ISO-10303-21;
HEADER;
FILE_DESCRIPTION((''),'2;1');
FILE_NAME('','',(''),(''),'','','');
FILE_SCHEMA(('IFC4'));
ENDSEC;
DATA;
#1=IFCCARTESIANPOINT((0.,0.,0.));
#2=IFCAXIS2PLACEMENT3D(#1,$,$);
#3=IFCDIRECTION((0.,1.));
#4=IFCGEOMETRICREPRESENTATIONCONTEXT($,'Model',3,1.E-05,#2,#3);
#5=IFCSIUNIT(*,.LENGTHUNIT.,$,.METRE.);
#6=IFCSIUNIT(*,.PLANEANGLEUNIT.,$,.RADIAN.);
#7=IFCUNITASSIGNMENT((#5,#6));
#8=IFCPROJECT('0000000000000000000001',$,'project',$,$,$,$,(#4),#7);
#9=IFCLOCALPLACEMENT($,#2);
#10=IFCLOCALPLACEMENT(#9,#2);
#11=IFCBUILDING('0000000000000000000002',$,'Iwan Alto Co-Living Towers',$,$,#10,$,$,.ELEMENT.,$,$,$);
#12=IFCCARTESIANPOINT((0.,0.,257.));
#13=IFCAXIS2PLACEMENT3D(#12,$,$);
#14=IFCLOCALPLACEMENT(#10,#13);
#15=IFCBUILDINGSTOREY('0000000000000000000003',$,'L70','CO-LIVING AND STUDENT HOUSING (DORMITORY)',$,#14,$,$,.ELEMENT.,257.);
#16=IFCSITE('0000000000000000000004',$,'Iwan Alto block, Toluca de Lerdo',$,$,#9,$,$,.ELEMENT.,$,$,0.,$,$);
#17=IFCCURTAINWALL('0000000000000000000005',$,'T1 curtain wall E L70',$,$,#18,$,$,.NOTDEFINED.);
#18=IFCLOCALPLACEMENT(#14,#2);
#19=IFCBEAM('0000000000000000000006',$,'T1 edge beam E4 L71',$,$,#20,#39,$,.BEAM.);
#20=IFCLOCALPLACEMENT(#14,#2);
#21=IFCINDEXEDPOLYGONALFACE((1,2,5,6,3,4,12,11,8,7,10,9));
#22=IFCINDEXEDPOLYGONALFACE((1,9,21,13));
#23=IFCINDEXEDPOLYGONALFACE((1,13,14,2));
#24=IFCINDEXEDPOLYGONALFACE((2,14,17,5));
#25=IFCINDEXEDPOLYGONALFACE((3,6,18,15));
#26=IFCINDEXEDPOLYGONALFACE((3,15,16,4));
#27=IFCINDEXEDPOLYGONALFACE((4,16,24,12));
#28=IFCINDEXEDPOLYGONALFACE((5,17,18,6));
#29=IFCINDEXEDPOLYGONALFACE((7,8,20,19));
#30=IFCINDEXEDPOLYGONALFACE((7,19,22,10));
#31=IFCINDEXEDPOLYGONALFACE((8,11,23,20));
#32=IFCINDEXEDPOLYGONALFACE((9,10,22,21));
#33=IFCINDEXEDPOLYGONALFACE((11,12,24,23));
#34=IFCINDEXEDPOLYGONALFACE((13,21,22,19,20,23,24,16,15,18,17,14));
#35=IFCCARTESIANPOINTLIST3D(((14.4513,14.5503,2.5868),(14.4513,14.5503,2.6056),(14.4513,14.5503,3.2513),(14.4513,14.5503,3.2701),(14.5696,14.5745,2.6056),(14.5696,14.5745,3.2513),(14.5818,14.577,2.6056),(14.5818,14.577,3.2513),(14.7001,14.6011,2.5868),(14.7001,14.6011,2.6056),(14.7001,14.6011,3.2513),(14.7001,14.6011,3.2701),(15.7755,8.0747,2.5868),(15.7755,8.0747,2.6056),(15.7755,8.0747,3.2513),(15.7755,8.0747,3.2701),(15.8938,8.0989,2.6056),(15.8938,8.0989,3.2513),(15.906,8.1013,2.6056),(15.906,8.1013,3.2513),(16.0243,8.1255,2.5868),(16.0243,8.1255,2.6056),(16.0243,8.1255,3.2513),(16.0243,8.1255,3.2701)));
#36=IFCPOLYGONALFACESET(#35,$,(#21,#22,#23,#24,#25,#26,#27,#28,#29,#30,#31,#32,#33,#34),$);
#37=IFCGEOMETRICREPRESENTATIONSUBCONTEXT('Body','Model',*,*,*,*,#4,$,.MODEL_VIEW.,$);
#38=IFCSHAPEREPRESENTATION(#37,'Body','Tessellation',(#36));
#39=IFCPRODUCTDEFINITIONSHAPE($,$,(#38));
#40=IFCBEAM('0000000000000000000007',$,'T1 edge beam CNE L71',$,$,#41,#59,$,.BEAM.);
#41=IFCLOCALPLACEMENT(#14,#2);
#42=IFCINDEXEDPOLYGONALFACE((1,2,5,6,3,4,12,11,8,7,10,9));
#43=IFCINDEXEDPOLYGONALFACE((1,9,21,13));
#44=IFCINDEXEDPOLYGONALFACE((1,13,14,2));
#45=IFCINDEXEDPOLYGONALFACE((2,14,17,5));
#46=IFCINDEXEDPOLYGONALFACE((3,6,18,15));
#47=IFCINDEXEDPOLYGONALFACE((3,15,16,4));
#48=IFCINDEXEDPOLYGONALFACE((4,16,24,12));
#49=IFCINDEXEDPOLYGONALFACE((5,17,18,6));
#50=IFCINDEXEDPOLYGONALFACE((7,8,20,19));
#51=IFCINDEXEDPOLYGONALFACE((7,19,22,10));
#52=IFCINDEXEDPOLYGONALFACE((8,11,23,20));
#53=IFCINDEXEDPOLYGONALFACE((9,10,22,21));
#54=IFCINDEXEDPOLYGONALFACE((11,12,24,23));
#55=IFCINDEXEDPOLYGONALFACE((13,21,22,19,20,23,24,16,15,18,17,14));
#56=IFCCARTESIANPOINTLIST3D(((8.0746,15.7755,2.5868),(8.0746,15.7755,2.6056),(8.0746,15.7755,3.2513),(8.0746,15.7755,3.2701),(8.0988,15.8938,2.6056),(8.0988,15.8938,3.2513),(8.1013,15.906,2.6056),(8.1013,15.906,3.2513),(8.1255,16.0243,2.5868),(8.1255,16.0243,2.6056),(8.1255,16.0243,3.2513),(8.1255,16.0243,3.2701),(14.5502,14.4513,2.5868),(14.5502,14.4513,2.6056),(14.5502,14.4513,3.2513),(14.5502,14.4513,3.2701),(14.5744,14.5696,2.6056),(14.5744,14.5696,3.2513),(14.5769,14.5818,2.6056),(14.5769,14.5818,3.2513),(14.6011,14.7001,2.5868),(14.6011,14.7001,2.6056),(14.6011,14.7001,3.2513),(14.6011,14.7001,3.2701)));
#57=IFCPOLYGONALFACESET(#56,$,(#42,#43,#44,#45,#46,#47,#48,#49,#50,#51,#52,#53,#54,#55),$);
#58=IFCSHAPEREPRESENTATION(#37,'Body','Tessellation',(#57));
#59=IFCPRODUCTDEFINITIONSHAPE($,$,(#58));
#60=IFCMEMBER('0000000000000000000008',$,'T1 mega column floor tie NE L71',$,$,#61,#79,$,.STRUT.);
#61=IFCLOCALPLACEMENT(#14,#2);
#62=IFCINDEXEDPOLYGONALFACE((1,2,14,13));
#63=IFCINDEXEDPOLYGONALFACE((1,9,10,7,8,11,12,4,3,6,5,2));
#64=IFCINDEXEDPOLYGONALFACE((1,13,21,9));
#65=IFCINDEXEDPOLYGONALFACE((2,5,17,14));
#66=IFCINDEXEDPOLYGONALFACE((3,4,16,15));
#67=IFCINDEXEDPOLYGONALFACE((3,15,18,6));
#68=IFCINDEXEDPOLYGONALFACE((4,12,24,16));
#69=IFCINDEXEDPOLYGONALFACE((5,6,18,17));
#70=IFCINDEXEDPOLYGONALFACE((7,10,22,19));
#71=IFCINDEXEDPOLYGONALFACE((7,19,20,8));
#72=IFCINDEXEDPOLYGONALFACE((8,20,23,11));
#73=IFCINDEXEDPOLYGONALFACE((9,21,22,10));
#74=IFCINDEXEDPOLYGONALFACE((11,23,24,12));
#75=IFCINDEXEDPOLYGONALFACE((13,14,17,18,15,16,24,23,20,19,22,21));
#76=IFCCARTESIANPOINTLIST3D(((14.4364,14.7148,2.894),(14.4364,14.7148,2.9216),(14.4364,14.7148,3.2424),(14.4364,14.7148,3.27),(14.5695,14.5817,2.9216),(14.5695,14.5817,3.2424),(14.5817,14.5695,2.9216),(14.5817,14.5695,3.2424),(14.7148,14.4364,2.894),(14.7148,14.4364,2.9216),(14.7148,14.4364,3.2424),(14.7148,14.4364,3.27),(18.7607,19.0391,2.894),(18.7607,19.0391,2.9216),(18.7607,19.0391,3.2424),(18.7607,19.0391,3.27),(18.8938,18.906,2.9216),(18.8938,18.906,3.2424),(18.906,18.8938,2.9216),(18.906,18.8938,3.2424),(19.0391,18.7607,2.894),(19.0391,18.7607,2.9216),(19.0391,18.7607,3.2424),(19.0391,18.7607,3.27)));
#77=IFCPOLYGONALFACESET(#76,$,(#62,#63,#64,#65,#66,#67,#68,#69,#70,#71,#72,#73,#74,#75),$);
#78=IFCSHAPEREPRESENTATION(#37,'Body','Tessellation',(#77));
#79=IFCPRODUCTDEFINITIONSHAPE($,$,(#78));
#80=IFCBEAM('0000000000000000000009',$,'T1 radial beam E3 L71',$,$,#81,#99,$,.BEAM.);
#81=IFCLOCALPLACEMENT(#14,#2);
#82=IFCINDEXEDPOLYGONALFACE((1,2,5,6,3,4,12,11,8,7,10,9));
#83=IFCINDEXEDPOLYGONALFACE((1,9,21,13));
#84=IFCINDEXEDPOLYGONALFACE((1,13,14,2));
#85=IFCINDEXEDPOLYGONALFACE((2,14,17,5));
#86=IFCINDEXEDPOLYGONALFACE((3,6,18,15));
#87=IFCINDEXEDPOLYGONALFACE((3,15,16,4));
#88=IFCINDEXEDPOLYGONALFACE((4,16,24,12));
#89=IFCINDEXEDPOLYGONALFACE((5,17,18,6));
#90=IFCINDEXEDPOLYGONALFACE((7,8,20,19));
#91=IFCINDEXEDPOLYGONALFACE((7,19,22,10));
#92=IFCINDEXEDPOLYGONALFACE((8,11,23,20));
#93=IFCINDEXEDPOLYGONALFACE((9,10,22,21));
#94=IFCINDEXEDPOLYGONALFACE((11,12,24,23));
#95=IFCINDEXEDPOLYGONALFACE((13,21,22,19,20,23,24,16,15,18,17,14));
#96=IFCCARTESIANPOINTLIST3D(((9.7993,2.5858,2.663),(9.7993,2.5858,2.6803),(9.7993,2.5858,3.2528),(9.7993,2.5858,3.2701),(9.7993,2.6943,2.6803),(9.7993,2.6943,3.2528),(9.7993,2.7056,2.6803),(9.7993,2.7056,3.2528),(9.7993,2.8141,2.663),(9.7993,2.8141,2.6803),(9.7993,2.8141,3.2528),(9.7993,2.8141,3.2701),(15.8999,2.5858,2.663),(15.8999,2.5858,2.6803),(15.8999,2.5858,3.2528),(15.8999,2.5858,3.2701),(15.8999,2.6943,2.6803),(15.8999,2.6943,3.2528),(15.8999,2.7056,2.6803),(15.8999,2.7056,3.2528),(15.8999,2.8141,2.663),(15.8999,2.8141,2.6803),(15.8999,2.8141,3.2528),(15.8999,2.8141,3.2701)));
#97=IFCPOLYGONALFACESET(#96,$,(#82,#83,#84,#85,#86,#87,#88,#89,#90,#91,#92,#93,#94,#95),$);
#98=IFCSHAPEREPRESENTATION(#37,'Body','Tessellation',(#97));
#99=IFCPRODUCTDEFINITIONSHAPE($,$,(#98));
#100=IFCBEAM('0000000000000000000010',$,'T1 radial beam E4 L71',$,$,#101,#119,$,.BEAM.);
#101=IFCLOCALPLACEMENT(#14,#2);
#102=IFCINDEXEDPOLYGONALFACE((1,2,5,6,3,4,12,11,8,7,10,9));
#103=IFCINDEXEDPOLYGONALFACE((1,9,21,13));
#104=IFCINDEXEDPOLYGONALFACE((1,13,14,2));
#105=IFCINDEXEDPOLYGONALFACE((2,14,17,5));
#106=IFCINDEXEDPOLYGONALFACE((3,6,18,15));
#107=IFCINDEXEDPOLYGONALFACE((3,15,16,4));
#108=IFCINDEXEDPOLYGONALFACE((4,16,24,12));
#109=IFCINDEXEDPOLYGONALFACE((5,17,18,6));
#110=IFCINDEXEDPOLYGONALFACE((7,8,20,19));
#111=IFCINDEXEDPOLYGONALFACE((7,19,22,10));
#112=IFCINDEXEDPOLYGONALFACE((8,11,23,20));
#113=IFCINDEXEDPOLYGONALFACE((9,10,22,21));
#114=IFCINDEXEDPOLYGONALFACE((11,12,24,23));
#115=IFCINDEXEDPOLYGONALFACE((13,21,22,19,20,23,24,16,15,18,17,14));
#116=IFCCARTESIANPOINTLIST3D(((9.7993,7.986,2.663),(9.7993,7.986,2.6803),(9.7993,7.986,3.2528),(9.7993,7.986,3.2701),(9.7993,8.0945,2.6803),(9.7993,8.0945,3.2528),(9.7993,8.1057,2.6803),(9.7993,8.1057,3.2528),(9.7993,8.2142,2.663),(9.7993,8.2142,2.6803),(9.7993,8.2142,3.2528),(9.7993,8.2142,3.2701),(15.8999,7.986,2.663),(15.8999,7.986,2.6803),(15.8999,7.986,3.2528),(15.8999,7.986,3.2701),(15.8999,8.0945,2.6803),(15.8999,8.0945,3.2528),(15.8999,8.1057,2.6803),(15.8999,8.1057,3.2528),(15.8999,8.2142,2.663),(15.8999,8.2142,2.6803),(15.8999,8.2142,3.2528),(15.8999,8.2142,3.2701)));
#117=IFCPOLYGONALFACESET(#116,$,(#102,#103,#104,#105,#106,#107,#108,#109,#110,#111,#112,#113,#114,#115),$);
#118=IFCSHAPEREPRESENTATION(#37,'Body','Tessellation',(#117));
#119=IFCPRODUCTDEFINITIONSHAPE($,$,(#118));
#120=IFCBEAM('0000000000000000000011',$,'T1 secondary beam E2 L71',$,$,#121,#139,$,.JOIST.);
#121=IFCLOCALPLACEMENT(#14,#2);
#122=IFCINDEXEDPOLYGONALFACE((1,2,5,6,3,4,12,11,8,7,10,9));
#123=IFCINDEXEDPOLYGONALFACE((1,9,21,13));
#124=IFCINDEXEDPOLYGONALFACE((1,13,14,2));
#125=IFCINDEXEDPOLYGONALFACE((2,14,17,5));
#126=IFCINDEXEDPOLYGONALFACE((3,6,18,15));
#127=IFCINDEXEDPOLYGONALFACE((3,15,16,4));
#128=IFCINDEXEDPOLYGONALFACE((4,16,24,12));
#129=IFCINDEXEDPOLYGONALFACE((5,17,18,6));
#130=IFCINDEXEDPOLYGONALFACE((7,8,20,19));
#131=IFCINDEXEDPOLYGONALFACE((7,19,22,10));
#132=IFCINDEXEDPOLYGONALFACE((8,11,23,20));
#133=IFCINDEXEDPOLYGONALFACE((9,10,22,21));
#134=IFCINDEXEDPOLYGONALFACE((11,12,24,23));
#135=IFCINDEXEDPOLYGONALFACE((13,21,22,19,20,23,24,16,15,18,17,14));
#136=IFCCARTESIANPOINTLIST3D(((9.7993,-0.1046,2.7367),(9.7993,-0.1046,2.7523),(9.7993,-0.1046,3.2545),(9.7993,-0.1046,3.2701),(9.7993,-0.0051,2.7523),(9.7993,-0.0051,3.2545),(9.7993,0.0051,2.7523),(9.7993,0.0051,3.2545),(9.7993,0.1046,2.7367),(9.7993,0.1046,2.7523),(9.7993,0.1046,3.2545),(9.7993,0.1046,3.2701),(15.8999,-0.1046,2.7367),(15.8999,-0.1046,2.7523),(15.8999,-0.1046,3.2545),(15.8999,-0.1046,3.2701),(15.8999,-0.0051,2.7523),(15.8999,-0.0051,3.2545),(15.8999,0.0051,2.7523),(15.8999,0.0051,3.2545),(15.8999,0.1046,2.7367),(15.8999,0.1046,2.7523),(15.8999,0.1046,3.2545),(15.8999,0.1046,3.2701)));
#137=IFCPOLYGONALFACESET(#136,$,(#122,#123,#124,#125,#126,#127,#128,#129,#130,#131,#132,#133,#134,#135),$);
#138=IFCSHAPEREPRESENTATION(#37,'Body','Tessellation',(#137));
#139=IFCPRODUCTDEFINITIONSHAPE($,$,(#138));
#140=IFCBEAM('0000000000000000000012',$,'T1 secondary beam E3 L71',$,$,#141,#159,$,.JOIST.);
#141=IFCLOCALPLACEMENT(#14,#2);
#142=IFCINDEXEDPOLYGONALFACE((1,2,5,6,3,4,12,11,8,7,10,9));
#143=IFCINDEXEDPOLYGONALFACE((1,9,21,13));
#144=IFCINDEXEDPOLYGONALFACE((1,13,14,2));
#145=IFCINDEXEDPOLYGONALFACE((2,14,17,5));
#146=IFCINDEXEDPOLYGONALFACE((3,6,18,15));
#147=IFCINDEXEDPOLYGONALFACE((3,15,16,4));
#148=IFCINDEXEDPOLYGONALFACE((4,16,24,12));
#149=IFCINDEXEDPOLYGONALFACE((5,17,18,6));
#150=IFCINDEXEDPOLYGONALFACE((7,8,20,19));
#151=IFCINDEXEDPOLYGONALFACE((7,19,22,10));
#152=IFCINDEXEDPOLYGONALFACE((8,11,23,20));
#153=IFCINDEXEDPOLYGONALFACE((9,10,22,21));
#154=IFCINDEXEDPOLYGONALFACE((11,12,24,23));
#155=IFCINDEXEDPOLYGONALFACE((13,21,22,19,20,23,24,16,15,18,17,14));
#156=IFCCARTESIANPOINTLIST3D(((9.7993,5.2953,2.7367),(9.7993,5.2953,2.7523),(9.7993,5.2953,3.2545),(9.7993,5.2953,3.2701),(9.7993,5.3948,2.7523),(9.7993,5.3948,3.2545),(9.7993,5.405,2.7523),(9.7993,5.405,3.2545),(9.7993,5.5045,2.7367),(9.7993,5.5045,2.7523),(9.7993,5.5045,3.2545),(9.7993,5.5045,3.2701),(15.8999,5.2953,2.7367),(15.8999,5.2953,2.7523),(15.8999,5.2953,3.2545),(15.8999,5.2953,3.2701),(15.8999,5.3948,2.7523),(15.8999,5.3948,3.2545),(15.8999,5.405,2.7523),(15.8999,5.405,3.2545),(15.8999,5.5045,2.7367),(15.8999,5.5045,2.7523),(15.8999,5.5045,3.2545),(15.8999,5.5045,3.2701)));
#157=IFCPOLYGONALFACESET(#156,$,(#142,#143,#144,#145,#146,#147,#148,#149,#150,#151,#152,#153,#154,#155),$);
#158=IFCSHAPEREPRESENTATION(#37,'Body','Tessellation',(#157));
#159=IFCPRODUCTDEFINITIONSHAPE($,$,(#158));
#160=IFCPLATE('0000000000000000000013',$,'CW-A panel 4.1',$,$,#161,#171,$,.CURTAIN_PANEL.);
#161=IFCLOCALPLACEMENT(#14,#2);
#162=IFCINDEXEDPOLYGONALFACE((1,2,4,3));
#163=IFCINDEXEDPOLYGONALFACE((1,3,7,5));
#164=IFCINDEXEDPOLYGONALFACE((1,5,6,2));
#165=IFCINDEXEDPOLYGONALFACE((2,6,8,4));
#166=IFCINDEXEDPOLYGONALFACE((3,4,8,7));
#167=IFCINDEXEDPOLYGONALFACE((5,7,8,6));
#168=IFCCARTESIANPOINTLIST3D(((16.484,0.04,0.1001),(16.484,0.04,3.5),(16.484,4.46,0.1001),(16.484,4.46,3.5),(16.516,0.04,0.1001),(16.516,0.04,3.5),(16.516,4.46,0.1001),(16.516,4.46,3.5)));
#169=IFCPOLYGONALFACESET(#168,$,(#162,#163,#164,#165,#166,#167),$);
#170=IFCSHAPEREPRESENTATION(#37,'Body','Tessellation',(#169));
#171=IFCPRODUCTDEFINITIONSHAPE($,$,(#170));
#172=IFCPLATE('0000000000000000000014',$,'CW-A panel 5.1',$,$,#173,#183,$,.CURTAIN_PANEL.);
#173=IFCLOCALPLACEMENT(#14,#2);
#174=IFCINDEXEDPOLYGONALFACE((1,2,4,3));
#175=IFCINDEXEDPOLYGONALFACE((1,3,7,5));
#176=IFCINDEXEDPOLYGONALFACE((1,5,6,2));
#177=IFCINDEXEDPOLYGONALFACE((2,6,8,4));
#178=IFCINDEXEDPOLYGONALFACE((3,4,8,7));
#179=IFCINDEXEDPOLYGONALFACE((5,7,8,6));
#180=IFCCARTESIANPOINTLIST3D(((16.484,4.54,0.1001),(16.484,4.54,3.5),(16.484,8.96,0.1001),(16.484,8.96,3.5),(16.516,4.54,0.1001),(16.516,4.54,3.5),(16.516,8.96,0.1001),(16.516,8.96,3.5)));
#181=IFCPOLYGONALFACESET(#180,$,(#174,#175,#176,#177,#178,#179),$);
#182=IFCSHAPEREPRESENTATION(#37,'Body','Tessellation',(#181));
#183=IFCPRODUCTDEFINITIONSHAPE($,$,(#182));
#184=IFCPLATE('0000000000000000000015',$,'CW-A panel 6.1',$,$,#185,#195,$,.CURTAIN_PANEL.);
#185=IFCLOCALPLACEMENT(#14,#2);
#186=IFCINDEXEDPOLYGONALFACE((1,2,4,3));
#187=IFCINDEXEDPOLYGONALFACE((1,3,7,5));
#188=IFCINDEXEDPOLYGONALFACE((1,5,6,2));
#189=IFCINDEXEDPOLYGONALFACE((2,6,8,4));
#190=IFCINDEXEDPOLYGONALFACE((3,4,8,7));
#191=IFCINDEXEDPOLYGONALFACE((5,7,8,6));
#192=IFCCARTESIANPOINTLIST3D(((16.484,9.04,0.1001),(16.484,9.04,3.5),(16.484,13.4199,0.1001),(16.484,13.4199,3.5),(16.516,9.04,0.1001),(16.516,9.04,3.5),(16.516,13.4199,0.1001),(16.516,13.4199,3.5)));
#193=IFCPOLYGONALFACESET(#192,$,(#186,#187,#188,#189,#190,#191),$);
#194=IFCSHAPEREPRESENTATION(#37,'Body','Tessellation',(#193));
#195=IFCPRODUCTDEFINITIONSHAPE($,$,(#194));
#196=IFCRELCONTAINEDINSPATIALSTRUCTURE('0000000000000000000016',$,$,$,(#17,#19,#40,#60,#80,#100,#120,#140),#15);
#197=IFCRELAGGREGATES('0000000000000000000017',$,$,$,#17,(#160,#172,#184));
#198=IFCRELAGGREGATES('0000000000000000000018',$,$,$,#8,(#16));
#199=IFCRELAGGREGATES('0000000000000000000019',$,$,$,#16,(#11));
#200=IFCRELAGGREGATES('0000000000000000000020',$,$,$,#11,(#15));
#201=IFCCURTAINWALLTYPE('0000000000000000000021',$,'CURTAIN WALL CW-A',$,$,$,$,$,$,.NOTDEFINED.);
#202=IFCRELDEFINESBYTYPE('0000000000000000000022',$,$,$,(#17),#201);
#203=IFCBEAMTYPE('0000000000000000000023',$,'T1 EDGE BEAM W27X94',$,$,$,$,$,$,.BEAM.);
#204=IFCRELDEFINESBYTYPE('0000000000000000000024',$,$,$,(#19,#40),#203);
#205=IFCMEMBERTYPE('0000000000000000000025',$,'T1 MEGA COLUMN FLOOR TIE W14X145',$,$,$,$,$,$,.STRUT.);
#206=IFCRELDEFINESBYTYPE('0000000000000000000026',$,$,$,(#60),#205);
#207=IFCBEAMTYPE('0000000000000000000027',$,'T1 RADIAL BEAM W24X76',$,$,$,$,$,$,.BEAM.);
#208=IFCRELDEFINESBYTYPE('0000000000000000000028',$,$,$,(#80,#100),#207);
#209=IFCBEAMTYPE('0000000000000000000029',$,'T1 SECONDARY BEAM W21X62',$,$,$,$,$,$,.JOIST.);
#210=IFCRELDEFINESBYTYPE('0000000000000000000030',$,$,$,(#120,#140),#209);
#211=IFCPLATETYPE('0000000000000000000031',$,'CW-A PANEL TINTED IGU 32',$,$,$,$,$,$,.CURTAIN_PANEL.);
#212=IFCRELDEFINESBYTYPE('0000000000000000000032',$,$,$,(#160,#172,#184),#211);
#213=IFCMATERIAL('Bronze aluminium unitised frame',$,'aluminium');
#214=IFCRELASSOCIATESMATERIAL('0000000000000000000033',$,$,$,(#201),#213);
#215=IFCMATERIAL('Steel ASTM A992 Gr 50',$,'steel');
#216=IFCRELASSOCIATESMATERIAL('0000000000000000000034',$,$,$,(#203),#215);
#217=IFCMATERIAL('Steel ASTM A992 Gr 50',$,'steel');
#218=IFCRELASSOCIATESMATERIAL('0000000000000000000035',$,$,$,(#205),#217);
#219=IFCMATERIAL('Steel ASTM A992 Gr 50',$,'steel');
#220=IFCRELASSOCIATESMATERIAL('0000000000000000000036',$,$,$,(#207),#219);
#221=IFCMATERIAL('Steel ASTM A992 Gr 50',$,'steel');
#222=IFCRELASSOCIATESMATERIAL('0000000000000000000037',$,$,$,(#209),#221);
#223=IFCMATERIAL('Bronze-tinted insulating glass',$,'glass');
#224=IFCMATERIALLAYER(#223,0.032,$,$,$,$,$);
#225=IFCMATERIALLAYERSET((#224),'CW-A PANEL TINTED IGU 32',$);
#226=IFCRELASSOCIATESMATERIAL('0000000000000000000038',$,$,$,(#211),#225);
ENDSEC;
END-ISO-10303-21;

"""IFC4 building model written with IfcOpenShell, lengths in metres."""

from ifc_helpers import new_model, si_unit, direction, frame, origin, origin_2d, place, context, subcontext, project, spatial, rectangle, i_section, extrude, material, layer, layer_set, material_profile, profile_set, type_object, element, aggregate, save


model = new_model("IFC4")

# Units and contexts
model_context = context("Model", 3, precision=1e-05, world=origin(), true_north=direction((0.0, 1.0)))
body_context = subcontext(model_context, "Body", "Model", "MODEL_VIEW")
ifc_project = project(units=[si_unit("LENGTHUNIT", "METRE"), si_unit("PLANEANGLEUNIT", "RADIAN")], contexts=[model_context])

# Site, building, storey
site_placement = place(None, origin())
site = spatial("IfcSite", under=ifc_project, at=site_placement, Name="Iwan Alto block, Toluca de Lerdo", CompositionType="ELEMENT", RefElevation=0.0)
building_placement = place(site_placement, origin())
building = spatial("IfcBuilding", under=site, at=building_placement, Name="Iwan Alto Co-Living Towers", CompositionType="ELEMENT")
storey_placement = place(building_placement, frame((0.0, 0.0, 257.0)))
storey = spatial("IfcBuildingStorey", under=building, at=storey_placement, Name="L70", Description="CO-LIVING AND STUDENT HOUSING (DORMITORY)", CompositionType="ELEMENT", Elevation=257.0)

# Curtain wall
ifc_material_1 = material(Name="Bronze aluminium unitised frame", Category="aluminium")
curtain_wall_type_1 = type_object("IfcCurtainWallType", Name="CURTAIN WALL CW-A", PredefinedType="NOTDEFINED", material=ifc_material_1)
curtain_wall_1_placement = place(storey_placement, origin())
curtain_wall_1 = element("IfcCurtainWall", 1, at=curtain_wall_1_placement, inside=storey, type_object=curtain_wall_type_1, Name="T1 curtain wall E L70", PredefinedType="NOTDEFINED")

# Beams
ifc_material_2 = material(Name="Steel ASTM A992 Gr 50", Category="steel")
ifc_material_profile_1 = material_profile(ifc_material_2, i_section(OverallWidth=0.2539, OverallDepth=0.6833, WebThickness=0.0125, FlangeThickness=0.0188, at=origin_2d()), Name="W27X94")
ifc_profile_set_1 = profile_set([ifc_material_profile_1], Name="Steel ASTM A992 Gr 50")
beam_type_1 = type_object("IfcBeamType", Name="T1 EDGE BEAM W27X94", PredefinedType="BEAM", material=ifc_profile_set_1)
for number, where, z_axis, x_axis, name in (
    (2, (15.8999, 8.1001, 2.9285), (-0.200348, 0.979725, 0.0), (-0.979725, -0.200348, 0.0), "T1 edge beam E4 L71"),
    (3, (14.5757, 14.5757, 2.9285), (-0.979725, 0.200348, 0.0), (-0.200348, -0.979725, 0.0), "T1 edge beam CNE L71"),
):
    element("IfcBeam", number, at=place(storey_placement, frame(where, z_axis=z_axis, x_axis=x_axis)), inside=storey, type_object=beam_type_1, Name=name, PredefinedType="BEAM", context=body_context, shape_type="SweptSolid", body=[
        extrude(i_section(OverallWidth=0.2539, OverallDepth=0.6833, WebThickness=0.0125, FlangeThickness=0.0188, at=origin_2d()), origin(), (0.0, 0.0, 1.0), 6.6096),
    ])

# Member
ifc_material_3 = material(Name="Steel ASTM A992 Gr 50", Category="steel")
ifc_material_profile_2 = material_profile(ifc_material_3, i_section(OverallWidth=0.3938, OverallDepth=0.376, WebThickness=0.0173, FlangeThickness=0.0276, at=origin_2d()), Name="W14X145")
ifc_profile_set_2 = profile_set([ifc_material_profile_2], Name="Steel ASTM A992 Gr 50")
member_type_1 = type_object("IfcMemberType", Name="T1 MEGA COLUMN FLOOR TIE W14X145", PredefinedType="STRUT", material=ifc_profile_set_2)
member_1_placement = place(storey_placement, frame((18.8999, 18.8999, 3.082), z_axis=(-0.707107, -0.707107, 0.0), x_axis=(0.707107, -0.707107, 0.0)))
element("IfcMember", 4, at=member_1_placement, inside=storey, type_object=member_type_1, Name="T1 mega column floor tie NE L71", PredefinedType="STRUT", context=body_context, shape_type="SweptSolid", body=[
    extrude(i_section(OverallWidth=0.3938, OverallDepth=0.376, WebThickness=0.0173, FlangeThickness=0.0276, at=origin_2d()), origin(), (0.0, 0.0, 1.0), 6.1155),
])

# Beams
ifc_material_4 = material(Name="Steel ASTM A992 Gr 50", Category="steel")
ifc_material_profile_3 = material_profile(ifc_material_4, i_section(OverallWidth=0.2283, OverallDepth=0.6072, WebThickness=0.0112, FlangeThickness=0.0173, at=origin_2d()), Name="W24X76")
ifc_profile_set_3 = profile_set([ifc_material_profile_3], Name="Steel ASTM A992 Gr 50")
beam_type_2 = type_object("IfcBeamType", Name="T1 RADIAL BEAM W24X76", PredefinedType="BEAM", material=ifc_profile_set_3)
for number, where, z_axis, x_axis, name in (
    (5, (15.8999, 2.7, 2.9666), (-1.0, 0.0, 0.0), (0.0, -1.0, 0.0), "T1 radial beam E3 L71"),
    (6, (15.8999, 8.1001, 2.9666), (-1.0, 0.0, 0.0), (0.0, -1.0, 0.0), "T1 radial beam E4 L71"),
):
    element("IfcBeam", number, at=place(storey_placement, frame(where, z_axis=z_axis, x_axis=x_axis)), inside=storey, type_object=beam_type_2, Name=name, PredefinedType="BEAM", context=body_context, shape_type="SweptSolid", body=[
        extrude(i_section(OverallWidth=0.2283, OverallDepth=0.6072, WebThickness=0.0112, FlangeThickness=0.0173, at=origin_2d()), origin(), (0.0, 0.0, 1.0), 6.1006),
    ])
ifc_material_5 = material(Name="Steel ASTM A992 Gr 50", Category="steel")
ifc_material_profile_4 = material_profile(ifc_material_5, i_section(OverallWidth=0.2092, OverallDepth=0.5334, WebThickness=0.0103, FlangeThickness=0.0156, at=origin_2d()), Name="W21X62")
ifc_profile_set_4 = profile_set([ifc_material_profile_4], Name="Steel ASTM A992 Gr 50")
beam_type_3 = type_object("IfcBeamType", Name="T1 SECONDARY BEAM W21X62", PredefinedType="JOIST", material=ifc_profile_set_4)
for number, where, z_axis, x_axis, name in (
    (7, (15.8999, 0.0, 3.0034), (-1.0, 0.0, 0.0), (0.0, -1.0, 0.0), "T1 secondary beam E2 L71"),
    (8, (15.8999, 5.3999, 3.0034), (-1.0, 0.0, 0.0), (0.0, -1.0, 0.0), "T1 secondary beam E3 L71"),
):
    element("IfcBeam", number, at=place(storey_placement, frame(where, z_axis=z_axis, x_axis=x_axis)), inside=storey, type_object=beam_type_3, Name=name, PredefinedType="JOIST", context=body_context, shape_type="SweptSolid", body=[
        extrude(i_section(OverallWidth=0.2092, OverallDepth=0.5334, WebThickness=0.0103, FlangeThickness=0.0156, at=origin_2d()), origin(), (0.0, 0.0, 1.0), 6.1006),
    ])

# Plates
ifc_material_6 = material(Name="Bronze-tinted insulating glass", Category="glass")
ifc_layer_1 = layer(ifc_material_6, 0.032)
ifc_layer_set_1 = layer_set([ifc_layer_1], Name="CW-A PANEL TINTED IGU 32")
plate_type_1 = type_object("IfcPlateType", Name="CW-A PANEL TINTED IGU 32", PredefinedType="CURTAIN_PANEL", material=ifc_layer_set_1)
plate_1_placement = place(storey_placement, frame((16.5, 2.25, 0.1001), z_axis=(0.0, 0.0, 1.0), x_axis=(0.0, 1.0, 0.0)))
plate_1 = element("IfcPlate", 9, at=plate_1_placement, type_object=plate_type_1, Name="CW-A panel 4.1", PredefinedType="CURTAIN_PANEL", context=body_context, shape_type="SweptSolid", body=[
    extrude(rectangle(XDim=4.4199, YDim=0.032, at=origin_2d()), origin(), (0.0, 0.0, 1.0), 3.3999),
])
plate_2_placement = place(storey_placement, frame((16.5, 6.75, 0.1001), z_axis=(0.0, 0.0, 1.0), x_axis=(0.0, 1.0, 0.0)))
plate_2 = element("IfcPlate", 10, at=plate_2_placement, type_object=plate_type_1, Name="CW-A panel 5.1", PredefinedType="CURTAIN_PANEL", context=body_context, shape_type="SweptSolid", body=[
    extrude(rectangle(XDim=4.4199, YDim=0.032, at=origin_2d()), origin(), (0.0, 0.0, 1.0), 3.3999),
])
plate_3_placement = place(storey_placement, frame((16.5, 11.23, 0.1001), z_axis=(0.0, 0.0, 1.0), x_axis=(0.0, 1.0, 0.0)))
plate_3 = element("IfcPlate", 11, at=plate_3_placement, type_object=plate_type_1, Name="CW-A panel 6.1", PredefinedType="CURTAIN_PANEL", context=body_context, shape_type="SweptSolid", body=[
    extrude(rectangle(XDim=4.3799, YDim=0.032, at=origin_2d()), origin(), (0.0, 0.0, 1.0), 3.3999),
])
aggregate(curtain_wall_1, [plate_1, plate_2, plate_3])

save(model, "model.ifc")
